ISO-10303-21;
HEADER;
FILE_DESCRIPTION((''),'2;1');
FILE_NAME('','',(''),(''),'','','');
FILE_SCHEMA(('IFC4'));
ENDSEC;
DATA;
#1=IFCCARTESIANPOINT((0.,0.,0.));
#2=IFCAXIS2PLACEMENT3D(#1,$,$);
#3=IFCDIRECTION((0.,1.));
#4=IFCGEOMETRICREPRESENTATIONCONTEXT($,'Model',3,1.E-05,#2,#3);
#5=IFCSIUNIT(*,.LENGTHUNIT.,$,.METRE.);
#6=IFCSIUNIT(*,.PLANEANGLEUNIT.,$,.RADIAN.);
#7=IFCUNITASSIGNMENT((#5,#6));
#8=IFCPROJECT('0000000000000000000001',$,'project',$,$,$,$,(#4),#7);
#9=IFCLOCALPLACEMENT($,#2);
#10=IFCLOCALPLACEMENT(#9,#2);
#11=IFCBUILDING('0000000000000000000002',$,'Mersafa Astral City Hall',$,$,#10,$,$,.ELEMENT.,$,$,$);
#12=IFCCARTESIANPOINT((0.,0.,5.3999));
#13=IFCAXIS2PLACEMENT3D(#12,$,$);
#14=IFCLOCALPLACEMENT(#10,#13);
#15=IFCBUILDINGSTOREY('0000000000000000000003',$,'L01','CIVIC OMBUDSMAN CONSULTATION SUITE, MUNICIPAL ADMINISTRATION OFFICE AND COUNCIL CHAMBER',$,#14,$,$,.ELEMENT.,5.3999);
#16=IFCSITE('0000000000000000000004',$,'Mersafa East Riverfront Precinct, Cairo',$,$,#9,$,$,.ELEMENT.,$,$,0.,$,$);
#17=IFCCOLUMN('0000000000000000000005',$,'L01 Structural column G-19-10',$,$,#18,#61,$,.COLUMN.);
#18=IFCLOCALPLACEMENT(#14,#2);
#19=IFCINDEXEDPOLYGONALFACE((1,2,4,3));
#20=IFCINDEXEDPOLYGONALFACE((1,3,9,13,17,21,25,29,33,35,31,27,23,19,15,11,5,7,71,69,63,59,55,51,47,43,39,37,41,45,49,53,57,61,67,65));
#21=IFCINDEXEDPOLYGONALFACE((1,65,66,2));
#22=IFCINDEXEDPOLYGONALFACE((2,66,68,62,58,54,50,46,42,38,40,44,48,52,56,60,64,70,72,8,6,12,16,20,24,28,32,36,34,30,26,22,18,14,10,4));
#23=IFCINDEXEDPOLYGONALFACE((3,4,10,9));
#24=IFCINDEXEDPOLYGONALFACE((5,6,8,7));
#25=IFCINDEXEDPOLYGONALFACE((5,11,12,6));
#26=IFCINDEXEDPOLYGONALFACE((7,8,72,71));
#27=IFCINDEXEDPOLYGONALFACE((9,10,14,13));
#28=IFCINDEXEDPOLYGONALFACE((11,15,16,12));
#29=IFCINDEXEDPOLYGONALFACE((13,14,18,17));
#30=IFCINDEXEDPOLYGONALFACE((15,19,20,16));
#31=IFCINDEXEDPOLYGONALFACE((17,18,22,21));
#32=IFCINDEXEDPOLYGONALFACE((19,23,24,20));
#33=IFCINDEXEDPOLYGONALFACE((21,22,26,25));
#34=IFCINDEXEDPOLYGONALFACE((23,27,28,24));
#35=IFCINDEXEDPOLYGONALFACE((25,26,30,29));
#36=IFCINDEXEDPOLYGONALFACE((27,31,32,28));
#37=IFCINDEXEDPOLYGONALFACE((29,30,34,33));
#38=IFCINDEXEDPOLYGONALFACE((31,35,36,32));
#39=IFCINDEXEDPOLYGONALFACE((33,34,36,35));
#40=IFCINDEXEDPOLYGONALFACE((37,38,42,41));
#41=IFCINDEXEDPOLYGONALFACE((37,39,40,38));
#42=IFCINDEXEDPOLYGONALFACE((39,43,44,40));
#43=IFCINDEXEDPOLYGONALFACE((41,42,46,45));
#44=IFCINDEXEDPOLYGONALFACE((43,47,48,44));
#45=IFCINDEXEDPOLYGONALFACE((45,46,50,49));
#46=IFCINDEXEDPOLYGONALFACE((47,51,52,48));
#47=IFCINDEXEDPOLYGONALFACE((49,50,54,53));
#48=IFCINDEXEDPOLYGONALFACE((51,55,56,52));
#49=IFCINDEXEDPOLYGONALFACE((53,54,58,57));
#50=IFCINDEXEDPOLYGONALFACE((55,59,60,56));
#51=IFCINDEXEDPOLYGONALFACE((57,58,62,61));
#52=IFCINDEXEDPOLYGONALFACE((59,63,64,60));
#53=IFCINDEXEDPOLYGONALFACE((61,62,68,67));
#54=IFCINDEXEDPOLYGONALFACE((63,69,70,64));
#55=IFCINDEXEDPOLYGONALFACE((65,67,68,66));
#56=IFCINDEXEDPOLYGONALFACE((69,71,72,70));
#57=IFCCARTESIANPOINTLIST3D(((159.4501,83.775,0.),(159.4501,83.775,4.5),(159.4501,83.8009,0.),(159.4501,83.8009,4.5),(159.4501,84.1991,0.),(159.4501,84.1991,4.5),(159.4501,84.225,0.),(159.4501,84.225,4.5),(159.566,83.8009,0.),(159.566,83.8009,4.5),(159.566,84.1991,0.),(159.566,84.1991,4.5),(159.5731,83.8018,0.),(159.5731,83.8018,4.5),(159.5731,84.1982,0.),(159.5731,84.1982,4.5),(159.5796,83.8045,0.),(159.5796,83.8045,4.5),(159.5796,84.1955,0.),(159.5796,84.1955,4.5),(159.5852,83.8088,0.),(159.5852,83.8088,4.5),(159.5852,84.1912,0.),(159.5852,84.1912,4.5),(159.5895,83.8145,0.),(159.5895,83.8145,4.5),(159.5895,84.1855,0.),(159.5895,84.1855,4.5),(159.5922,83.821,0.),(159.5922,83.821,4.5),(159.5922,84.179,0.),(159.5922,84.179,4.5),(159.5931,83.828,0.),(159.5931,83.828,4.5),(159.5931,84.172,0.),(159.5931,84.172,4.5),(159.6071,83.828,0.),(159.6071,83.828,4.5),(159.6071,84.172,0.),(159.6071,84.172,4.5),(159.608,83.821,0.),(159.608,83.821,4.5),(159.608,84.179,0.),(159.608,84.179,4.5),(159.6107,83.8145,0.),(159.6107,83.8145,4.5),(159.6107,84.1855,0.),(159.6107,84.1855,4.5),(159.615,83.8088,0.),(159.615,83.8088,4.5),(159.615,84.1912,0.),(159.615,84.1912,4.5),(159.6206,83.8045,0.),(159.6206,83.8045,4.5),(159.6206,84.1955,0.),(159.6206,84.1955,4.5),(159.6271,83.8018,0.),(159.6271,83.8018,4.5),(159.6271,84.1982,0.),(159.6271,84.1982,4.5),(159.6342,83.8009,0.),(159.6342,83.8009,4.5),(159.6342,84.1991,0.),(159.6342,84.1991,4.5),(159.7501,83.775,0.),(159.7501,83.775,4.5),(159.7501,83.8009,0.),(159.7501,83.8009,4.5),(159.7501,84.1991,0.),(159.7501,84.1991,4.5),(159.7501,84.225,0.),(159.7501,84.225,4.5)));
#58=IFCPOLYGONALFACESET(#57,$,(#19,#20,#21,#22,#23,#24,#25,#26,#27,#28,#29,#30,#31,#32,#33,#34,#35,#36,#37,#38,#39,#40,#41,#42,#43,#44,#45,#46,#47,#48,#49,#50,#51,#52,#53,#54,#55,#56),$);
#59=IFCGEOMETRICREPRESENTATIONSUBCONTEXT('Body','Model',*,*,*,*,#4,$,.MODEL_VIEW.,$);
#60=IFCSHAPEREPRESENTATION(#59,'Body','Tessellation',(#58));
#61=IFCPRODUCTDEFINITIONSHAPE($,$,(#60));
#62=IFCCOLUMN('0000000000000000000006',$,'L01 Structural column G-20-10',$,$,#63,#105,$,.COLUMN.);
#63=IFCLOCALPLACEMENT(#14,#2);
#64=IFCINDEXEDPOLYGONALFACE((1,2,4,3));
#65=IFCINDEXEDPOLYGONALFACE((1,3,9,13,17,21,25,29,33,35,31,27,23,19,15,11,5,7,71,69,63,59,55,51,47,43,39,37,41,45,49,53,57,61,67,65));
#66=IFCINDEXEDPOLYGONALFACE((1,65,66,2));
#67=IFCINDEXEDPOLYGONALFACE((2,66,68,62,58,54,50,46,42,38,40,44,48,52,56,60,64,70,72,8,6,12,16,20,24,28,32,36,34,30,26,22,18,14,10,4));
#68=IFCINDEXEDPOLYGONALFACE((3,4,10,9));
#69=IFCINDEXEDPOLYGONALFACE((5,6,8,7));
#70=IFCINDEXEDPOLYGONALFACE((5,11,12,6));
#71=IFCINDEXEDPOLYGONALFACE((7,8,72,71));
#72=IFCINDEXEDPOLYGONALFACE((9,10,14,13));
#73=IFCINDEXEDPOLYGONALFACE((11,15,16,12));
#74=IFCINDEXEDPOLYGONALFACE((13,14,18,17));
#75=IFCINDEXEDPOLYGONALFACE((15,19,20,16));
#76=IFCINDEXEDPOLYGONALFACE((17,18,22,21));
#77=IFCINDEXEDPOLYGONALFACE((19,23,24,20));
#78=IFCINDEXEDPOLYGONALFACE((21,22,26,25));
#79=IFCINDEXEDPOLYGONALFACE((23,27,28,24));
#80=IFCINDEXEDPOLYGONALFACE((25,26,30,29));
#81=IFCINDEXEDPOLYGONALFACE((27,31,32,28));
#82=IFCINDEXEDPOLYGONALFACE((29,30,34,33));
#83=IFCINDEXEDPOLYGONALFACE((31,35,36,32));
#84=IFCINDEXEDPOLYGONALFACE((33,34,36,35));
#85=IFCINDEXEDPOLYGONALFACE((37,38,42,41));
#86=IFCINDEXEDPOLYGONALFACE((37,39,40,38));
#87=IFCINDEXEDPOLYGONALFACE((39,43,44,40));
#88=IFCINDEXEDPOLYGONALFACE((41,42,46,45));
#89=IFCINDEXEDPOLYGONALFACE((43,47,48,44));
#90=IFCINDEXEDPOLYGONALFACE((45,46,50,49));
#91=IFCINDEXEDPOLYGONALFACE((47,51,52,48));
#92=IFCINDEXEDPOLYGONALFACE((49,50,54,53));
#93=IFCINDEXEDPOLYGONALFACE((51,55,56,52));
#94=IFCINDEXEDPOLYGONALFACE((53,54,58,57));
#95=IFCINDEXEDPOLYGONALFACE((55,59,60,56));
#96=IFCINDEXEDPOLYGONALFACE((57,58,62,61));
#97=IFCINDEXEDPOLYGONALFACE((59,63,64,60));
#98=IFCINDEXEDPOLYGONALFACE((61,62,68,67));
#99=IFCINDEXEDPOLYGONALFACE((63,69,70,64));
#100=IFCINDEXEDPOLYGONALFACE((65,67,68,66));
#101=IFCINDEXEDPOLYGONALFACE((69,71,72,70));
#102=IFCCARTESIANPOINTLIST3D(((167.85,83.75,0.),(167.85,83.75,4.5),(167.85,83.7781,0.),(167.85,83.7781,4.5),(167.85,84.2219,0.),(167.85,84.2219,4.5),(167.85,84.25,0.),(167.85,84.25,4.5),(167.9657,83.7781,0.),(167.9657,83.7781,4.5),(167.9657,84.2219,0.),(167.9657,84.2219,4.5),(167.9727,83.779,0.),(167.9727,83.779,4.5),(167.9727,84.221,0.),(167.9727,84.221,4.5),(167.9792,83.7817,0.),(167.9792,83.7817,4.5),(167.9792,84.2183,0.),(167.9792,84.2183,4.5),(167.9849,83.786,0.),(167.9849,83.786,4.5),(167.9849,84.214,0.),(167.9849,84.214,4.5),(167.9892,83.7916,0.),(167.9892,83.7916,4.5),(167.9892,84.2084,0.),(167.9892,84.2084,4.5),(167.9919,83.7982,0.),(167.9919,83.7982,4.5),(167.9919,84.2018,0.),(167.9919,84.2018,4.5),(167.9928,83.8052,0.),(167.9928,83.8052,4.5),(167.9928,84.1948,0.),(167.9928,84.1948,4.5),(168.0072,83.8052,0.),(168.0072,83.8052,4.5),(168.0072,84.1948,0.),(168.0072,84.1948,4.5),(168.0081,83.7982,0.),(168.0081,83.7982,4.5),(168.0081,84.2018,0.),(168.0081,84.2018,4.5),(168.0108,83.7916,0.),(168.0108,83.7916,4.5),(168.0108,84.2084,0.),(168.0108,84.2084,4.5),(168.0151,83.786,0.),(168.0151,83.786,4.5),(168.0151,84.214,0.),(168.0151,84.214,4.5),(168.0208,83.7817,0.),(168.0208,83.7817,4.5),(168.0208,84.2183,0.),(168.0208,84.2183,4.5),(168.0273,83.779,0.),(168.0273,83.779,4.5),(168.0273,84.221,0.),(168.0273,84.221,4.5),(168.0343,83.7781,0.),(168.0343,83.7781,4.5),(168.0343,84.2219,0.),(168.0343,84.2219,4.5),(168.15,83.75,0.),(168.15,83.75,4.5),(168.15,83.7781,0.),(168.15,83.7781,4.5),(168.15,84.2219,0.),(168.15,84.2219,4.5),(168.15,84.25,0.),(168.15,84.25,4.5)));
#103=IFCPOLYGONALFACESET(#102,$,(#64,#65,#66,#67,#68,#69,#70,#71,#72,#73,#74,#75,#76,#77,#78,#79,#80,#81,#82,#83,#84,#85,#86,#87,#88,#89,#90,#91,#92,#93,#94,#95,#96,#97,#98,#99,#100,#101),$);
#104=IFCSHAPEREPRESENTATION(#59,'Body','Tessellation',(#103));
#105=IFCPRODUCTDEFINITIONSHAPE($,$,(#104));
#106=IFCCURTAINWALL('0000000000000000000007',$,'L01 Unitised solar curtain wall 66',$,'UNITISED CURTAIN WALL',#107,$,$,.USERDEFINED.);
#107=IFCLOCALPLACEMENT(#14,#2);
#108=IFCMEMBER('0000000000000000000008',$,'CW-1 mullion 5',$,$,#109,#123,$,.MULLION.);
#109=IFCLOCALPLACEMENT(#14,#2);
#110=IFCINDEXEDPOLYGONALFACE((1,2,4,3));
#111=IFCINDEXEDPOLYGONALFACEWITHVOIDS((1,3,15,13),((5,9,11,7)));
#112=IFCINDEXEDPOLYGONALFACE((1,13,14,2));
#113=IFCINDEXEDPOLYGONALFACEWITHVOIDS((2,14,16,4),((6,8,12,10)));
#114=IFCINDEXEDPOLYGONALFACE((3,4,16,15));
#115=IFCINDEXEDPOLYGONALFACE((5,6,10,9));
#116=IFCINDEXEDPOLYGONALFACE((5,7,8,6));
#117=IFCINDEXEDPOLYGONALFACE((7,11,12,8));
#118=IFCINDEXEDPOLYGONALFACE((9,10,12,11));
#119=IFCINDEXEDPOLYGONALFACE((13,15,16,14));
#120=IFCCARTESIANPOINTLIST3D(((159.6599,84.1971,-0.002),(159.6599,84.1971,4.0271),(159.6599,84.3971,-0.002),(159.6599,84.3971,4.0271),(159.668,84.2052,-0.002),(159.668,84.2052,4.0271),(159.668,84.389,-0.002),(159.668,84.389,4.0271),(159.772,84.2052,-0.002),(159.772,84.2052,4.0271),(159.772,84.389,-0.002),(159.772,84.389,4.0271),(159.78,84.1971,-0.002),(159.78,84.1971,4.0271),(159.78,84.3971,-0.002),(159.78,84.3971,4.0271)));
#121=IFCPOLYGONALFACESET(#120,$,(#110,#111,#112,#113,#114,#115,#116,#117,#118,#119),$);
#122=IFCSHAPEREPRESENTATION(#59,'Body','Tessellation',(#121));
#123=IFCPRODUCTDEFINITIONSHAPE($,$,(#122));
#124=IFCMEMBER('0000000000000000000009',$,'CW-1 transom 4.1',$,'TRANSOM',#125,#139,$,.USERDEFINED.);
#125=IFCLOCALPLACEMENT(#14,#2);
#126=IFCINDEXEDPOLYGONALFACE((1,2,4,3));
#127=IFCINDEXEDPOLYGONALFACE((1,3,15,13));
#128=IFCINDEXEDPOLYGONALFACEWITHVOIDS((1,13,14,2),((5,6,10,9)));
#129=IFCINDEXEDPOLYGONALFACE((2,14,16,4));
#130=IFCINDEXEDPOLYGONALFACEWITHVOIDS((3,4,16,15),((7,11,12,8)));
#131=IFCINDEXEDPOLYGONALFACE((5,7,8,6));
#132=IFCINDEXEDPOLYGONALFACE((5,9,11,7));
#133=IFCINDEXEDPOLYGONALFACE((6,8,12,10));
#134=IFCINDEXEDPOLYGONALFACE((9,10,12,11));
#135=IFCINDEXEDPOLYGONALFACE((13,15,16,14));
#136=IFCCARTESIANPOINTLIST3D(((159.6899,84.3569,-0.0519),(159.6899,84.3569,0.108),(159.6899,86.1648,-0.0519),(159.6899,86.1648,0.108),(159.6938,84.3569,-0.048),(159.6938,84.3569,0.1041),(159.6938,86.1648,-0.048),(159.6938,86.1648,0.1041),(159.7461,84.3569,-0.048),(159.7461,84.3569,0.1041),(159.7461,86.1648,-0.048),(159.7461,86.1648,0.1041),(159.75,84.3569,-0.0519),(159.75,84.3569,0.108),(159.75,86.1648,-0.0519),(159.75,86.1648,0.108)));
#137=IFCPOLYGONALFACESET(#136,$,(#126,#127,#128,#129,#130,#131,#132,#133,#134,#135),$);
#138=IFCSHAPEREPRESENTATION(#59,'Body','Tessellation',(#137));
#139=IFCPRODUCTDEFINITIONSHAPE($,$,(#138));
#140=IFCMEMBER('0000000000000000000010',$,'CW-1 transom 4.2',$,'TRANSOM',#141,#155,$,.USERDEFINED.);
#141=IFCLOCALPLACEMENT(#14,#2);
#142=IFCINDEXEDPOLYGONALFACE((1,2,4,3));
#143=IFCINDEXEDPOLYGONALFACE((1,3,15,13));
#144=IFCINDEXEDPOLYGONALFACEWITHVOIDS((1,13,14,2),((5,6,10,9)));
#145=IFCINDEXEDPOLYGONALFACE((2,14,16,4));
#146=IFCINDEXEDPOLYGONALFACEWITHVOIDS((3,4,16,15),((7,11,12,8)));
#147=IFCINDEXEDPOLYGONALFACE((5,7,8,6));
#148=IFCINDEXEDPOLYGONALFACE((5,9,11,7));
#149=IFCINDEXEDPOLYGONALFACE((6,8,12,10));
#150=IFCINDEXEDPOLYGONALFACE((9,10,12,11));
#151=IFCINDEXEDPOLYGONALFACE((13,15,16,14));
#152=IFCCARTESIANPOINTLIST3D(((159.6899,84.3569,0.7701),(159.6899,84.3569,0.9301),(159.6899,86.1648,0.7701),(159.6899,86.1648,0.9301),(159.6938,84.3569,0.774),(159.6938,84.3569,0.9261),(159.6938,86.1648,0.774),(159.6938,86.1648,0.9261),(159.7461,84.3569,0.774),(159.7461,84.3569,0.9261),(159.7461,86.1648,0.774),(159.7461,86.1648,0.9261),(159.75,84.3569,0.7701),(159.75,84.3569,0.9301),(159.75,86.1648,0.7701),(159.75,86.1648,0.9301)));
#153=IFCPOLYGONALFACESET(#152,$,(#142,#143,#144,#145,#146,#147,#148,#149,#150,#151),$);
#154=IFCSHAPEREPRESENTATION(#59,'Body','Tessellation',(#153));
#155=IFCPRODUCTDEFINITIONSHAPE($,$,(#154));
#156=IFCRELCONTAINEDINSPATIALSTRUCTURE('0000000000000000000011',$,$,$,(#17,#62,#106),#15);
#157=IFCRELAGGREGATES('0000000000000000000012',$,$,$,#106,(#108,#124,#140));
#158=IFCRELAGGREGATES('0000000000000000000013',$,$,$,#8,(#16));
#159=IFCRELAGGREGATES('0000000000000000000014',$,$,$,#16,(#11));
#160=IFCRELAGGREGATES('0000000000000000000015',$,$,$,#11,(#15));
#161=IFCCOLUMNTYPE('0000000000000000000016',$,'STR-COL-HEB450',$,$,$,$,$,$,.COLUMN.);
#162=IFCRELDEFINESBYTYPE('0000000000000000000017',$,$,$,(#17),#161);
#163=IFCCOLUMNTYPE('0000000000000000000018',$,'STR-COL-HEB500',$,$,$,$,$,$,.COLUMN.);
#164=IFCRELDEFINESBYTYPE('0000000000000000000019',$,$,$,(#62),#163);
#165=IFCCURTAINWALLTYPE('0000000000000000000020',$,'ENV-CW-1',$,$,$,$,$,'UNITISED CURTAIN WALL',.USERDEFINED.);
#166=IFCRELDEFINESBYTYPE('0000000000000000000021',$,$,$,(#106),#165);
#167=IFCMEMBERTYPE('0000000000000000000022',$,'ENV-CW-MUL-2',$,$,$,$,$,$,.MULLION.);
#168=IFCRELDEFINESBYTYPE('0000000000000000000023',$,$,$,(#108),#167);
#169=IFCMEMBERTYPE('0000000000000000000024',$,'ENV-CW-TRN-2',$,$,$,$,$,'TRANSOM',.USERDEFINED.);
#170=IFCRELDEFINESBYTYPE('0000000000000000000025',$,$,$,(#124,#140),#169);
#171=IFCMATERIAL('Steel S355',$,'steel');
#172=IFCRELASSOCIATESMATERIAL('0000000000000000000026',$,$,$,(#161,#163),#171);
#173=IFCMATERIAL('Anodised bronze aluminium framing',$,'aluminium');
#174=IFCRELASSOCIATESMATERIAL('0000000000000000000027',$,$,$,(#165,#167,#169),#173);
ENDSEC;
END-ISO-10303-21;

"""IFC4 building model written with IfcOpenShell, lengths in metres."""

from ifc_helpers import new_model, si_unit, direction, frame, origin, origin_2d, place, context, subcontext, project, spatial, hollow_rectangle, i_section, extrude, material, material_profile, profile_set, type_object, element, aggregate, save


model = new_model("IFC4")

# Units and contexts
model_context = context("Model", 3, precision=1e-05, world=origin(), true_north=direction((0.0, 1.0)))
body_context = subcontext(model_context, "Body", "Model", "MODEL_VIEW")
ifc_project = project(units=[si_unit("LENGTHUNIT", "METRE"), si_unit("PLANEANGLEUNIT", "RADIAN")], contexts=[model_context])

# Site, building, storey
site_placement = place(None, origin())
site = spatial("IfcSite", under=ifc_project, at=site_placement, Name="Mersafa East Riverfront Precinct, Cairo", CompositionType="ELEMENT", RefElevation=0.0)
building_placement = place(site_placement, origin())
building = spatial("IfcBuilding", under=site, at=building_placement, Name="Mersafa Astral City Hall", CompositionType="ELEMENT")
storey_placement = place(building_placement, frame((0.0, 0.0, 5.3999)))
storey = spatial("IfcBuildingStorey", under=building, at=storey_placement, Name="L01", Description="CIVIC OMBUDSMAN CONSULTATION SUITE, MUNICIPAL ADMINISTRATION OFFICE AND COUNCIL CHAMBER", CompositionType="ELEMENT", Elevation=5.3999)

# Columns
ifc_material_1 = material(Name="Steel S355", Category="steel")
ifc_material_profile_1 = material_profile(ifc_material_1, i_section(OverallWidth=0.3, OverallDepth=0.45, WebThickness=0.0139, FlangeThickness=0.0259, FilletRadius=0.0271, at=origin_2d()), Name="HEB 450")
ifc_profile_set_1 = profile_set([ifc_material_profile_1], Name="Steel S355")
column_type_1 = type_object("IfcColumnType", Name="STR-COL-HEB450", PredefinedType="COLUMN", material=ifc_profile_set_1)
column_1_placement = place(storey_placement, frame((159.6001, 84.0, 0.0), z_axis=(0.0, 0.0, 1.0), x_axis=(1.0, 0.0, 0.0)))
element("IfcColumn", 1, at=column_1_placement, inside=storey, type_object=column_type_1, Name="L01 Structural column G-19-10", PredefinedType="COLUMN", context=body_context, shape_type="SweptSolid", body=[
    extrude(i_section(OverallWidth=0.3, OverallDepth=0.45, WebThickness=0.0139, FlangeThickness=0.0259, FilletRadius=0.0271, at=origin_2d()), origin(), (0.0, 0.0, 1.0), 4.5),
])
ifc_material_profile_2 = material_profile(ifc_material_1, i_section(OverallWidth=0.3, OverallDepth=0.5, WebThickness=0.0144, FlangeThickness=0.0281, FilletRadius=0.0271, at=origin_2d()), Name="HEB 500")
ifc_profile_set_2 = profile_set([ifc_material_profile_2], Name="Steel S355")
column_type_2 = type_object("IfcColumnType", Name="STR-COL-HEB500", PredefinedType="COLUMN", material=ifc_profile_set_2)
column_2_placement = place(storey_placement, frame((168.0, 84.0, 0.0), z_axis=(0.0, 0.0, 1.0), x_axis=(1.0, 0.0, 0.0)))
element("IfcColumn", 2, at=column_2_placement, inside=storey, type_object=column_type_2, Name="L01 Structural column G-20-10", PredefinedType="COLUMN", context=body_context, shape_type="SweptSolid", body=[
    extrude(i_section(OverallWidth=0.3, OverallDepth=0.5, WebThickness=0.0144, FlangeThickness=0.0281, FilletRadius=0.0271, at=origin_2d()), origin(), (0.0, 0.0, 1.0), 4.5),
])

# Curtain wall, members
ifc_material_2 = material(Name="Anodised bronze aluminium framing", Category="aluminium")
curtain_wall_type = type_object("IfcCurtainWallType", Name="ENV-CW-1", ElementType="UNITISED CURTAIN WALL", PredefinedType="USERDEFINED", material=ifc_material_2)
curtain_wall_placement = place(storey_placement, origin())
curtain_wall = element("IfcCurtainWall", 3, at=curtain_wall_placement, inside=storey, type_object=curtain_wall_type, Name="L01 Unitised solar curtain wall 66", ObjectType="UNITISED CURTAIN WALL", PredefinedType="USERDEFINED")
ifc_material_profile_3 = material_profile(ifc_material_2, hollow_rectangle(XDim=0.1201, YDim=0.2, WallThickness=0.0081, at=origin_2d()), Name="RHS 120x200x8")
ifc_profile_set_3 = profile_set([ifc_material_profile_3], Name="Anodised bronze aluminium framing")
member_type_1 = type_object("IfcMemberType", Name="ENV-CW-MUL-2", PredefinedType="MULLION", material=ifc_profile_set_3)
member_1_placement = place(storey_placement, frame((159.72, 84.2971, -0.002), z_axis=(0.0, 0.0, 1.0), x_axis=(1.0, 0.0, 0.0)))
member_1 = element("IfcMember", 4, at=member_1_placement, type_object=member_type_1, Name="CW-1 mullion 5", PredefinedType="MULLION", context=body_context, shape_type="SweptSolid", body=[
    extrude(hollow_rectangle(XDim=0.1201, YDim=0.2, WallThickness=0.0081, at=origin_2d()), origin(), (0.0, 0.0, 1.0), 4.0291),
])
ifc_material_profile_4 = material_profile(ifc_material_2, hollow_rectangle(XDim=0.0601, YDim=0.1599, WallThickness=0.0039, at=origin_2d()), Name="RHS 60x160x4")
ifc_profile_set_4 = profile_set([ifc_material_profile_4], Name="Anodised bronze aluminium framing")
member_type_2 = type_object("IfcMemberType", Name="ENV-CW-TRN-2", ElementType="TRANSOM", PredefinedType="USERDEFINED", material=ifc_profile_set_4)
member_2_placement = place(storey_placement, frame((159.72, 86.1648, 0.0281), z_axis=(0.0, -1.0, 0.0), x_axis=(1.0, 0.0, 0.0)))
member_2 = element("IfcMember", 5, at=member_2_placement, type_object=member_type_2, Name="CW-1 transom 4.1", ObjectType="TRANSOM", PredefinedType="USERDEFINED", context=body_context, shape_type="SweptSolid", body=[
    extrude(hollow_rectangle(XDim=0.0601, YDim=0.1599, WallThickness=0.0039, at=origin_2d()), origin(), (0.0, 0.0, 1.0), 1.8079),
])
member_3_placement = place(storey_placement, frame((159.72, 86.1648, 0.8501), z_axis=(0.0, -1.0, 0.0), x_axis=(1.0, 0.0, 0.0)))
member_3 = element("IfcMember", 6, at=member_3_placement, type_object=member_type_2, Name="CW-1 transom 4.2", ObjectType="TRANSOM", PredefinedType="USERDEFINED", context=body_context, shape_type="SweptSolid", body=[
    extrude(hollow_rectangle(XDim=0.0601, YDim=0.1599, WallThickness=0.0039, at=origin_2d()), origin(), (0.0, 0.0, 1.0), 1.8079),
])

aggregate(curtain_wall, [member_1, member_2, member_3])

save(model, "model.ifc")
